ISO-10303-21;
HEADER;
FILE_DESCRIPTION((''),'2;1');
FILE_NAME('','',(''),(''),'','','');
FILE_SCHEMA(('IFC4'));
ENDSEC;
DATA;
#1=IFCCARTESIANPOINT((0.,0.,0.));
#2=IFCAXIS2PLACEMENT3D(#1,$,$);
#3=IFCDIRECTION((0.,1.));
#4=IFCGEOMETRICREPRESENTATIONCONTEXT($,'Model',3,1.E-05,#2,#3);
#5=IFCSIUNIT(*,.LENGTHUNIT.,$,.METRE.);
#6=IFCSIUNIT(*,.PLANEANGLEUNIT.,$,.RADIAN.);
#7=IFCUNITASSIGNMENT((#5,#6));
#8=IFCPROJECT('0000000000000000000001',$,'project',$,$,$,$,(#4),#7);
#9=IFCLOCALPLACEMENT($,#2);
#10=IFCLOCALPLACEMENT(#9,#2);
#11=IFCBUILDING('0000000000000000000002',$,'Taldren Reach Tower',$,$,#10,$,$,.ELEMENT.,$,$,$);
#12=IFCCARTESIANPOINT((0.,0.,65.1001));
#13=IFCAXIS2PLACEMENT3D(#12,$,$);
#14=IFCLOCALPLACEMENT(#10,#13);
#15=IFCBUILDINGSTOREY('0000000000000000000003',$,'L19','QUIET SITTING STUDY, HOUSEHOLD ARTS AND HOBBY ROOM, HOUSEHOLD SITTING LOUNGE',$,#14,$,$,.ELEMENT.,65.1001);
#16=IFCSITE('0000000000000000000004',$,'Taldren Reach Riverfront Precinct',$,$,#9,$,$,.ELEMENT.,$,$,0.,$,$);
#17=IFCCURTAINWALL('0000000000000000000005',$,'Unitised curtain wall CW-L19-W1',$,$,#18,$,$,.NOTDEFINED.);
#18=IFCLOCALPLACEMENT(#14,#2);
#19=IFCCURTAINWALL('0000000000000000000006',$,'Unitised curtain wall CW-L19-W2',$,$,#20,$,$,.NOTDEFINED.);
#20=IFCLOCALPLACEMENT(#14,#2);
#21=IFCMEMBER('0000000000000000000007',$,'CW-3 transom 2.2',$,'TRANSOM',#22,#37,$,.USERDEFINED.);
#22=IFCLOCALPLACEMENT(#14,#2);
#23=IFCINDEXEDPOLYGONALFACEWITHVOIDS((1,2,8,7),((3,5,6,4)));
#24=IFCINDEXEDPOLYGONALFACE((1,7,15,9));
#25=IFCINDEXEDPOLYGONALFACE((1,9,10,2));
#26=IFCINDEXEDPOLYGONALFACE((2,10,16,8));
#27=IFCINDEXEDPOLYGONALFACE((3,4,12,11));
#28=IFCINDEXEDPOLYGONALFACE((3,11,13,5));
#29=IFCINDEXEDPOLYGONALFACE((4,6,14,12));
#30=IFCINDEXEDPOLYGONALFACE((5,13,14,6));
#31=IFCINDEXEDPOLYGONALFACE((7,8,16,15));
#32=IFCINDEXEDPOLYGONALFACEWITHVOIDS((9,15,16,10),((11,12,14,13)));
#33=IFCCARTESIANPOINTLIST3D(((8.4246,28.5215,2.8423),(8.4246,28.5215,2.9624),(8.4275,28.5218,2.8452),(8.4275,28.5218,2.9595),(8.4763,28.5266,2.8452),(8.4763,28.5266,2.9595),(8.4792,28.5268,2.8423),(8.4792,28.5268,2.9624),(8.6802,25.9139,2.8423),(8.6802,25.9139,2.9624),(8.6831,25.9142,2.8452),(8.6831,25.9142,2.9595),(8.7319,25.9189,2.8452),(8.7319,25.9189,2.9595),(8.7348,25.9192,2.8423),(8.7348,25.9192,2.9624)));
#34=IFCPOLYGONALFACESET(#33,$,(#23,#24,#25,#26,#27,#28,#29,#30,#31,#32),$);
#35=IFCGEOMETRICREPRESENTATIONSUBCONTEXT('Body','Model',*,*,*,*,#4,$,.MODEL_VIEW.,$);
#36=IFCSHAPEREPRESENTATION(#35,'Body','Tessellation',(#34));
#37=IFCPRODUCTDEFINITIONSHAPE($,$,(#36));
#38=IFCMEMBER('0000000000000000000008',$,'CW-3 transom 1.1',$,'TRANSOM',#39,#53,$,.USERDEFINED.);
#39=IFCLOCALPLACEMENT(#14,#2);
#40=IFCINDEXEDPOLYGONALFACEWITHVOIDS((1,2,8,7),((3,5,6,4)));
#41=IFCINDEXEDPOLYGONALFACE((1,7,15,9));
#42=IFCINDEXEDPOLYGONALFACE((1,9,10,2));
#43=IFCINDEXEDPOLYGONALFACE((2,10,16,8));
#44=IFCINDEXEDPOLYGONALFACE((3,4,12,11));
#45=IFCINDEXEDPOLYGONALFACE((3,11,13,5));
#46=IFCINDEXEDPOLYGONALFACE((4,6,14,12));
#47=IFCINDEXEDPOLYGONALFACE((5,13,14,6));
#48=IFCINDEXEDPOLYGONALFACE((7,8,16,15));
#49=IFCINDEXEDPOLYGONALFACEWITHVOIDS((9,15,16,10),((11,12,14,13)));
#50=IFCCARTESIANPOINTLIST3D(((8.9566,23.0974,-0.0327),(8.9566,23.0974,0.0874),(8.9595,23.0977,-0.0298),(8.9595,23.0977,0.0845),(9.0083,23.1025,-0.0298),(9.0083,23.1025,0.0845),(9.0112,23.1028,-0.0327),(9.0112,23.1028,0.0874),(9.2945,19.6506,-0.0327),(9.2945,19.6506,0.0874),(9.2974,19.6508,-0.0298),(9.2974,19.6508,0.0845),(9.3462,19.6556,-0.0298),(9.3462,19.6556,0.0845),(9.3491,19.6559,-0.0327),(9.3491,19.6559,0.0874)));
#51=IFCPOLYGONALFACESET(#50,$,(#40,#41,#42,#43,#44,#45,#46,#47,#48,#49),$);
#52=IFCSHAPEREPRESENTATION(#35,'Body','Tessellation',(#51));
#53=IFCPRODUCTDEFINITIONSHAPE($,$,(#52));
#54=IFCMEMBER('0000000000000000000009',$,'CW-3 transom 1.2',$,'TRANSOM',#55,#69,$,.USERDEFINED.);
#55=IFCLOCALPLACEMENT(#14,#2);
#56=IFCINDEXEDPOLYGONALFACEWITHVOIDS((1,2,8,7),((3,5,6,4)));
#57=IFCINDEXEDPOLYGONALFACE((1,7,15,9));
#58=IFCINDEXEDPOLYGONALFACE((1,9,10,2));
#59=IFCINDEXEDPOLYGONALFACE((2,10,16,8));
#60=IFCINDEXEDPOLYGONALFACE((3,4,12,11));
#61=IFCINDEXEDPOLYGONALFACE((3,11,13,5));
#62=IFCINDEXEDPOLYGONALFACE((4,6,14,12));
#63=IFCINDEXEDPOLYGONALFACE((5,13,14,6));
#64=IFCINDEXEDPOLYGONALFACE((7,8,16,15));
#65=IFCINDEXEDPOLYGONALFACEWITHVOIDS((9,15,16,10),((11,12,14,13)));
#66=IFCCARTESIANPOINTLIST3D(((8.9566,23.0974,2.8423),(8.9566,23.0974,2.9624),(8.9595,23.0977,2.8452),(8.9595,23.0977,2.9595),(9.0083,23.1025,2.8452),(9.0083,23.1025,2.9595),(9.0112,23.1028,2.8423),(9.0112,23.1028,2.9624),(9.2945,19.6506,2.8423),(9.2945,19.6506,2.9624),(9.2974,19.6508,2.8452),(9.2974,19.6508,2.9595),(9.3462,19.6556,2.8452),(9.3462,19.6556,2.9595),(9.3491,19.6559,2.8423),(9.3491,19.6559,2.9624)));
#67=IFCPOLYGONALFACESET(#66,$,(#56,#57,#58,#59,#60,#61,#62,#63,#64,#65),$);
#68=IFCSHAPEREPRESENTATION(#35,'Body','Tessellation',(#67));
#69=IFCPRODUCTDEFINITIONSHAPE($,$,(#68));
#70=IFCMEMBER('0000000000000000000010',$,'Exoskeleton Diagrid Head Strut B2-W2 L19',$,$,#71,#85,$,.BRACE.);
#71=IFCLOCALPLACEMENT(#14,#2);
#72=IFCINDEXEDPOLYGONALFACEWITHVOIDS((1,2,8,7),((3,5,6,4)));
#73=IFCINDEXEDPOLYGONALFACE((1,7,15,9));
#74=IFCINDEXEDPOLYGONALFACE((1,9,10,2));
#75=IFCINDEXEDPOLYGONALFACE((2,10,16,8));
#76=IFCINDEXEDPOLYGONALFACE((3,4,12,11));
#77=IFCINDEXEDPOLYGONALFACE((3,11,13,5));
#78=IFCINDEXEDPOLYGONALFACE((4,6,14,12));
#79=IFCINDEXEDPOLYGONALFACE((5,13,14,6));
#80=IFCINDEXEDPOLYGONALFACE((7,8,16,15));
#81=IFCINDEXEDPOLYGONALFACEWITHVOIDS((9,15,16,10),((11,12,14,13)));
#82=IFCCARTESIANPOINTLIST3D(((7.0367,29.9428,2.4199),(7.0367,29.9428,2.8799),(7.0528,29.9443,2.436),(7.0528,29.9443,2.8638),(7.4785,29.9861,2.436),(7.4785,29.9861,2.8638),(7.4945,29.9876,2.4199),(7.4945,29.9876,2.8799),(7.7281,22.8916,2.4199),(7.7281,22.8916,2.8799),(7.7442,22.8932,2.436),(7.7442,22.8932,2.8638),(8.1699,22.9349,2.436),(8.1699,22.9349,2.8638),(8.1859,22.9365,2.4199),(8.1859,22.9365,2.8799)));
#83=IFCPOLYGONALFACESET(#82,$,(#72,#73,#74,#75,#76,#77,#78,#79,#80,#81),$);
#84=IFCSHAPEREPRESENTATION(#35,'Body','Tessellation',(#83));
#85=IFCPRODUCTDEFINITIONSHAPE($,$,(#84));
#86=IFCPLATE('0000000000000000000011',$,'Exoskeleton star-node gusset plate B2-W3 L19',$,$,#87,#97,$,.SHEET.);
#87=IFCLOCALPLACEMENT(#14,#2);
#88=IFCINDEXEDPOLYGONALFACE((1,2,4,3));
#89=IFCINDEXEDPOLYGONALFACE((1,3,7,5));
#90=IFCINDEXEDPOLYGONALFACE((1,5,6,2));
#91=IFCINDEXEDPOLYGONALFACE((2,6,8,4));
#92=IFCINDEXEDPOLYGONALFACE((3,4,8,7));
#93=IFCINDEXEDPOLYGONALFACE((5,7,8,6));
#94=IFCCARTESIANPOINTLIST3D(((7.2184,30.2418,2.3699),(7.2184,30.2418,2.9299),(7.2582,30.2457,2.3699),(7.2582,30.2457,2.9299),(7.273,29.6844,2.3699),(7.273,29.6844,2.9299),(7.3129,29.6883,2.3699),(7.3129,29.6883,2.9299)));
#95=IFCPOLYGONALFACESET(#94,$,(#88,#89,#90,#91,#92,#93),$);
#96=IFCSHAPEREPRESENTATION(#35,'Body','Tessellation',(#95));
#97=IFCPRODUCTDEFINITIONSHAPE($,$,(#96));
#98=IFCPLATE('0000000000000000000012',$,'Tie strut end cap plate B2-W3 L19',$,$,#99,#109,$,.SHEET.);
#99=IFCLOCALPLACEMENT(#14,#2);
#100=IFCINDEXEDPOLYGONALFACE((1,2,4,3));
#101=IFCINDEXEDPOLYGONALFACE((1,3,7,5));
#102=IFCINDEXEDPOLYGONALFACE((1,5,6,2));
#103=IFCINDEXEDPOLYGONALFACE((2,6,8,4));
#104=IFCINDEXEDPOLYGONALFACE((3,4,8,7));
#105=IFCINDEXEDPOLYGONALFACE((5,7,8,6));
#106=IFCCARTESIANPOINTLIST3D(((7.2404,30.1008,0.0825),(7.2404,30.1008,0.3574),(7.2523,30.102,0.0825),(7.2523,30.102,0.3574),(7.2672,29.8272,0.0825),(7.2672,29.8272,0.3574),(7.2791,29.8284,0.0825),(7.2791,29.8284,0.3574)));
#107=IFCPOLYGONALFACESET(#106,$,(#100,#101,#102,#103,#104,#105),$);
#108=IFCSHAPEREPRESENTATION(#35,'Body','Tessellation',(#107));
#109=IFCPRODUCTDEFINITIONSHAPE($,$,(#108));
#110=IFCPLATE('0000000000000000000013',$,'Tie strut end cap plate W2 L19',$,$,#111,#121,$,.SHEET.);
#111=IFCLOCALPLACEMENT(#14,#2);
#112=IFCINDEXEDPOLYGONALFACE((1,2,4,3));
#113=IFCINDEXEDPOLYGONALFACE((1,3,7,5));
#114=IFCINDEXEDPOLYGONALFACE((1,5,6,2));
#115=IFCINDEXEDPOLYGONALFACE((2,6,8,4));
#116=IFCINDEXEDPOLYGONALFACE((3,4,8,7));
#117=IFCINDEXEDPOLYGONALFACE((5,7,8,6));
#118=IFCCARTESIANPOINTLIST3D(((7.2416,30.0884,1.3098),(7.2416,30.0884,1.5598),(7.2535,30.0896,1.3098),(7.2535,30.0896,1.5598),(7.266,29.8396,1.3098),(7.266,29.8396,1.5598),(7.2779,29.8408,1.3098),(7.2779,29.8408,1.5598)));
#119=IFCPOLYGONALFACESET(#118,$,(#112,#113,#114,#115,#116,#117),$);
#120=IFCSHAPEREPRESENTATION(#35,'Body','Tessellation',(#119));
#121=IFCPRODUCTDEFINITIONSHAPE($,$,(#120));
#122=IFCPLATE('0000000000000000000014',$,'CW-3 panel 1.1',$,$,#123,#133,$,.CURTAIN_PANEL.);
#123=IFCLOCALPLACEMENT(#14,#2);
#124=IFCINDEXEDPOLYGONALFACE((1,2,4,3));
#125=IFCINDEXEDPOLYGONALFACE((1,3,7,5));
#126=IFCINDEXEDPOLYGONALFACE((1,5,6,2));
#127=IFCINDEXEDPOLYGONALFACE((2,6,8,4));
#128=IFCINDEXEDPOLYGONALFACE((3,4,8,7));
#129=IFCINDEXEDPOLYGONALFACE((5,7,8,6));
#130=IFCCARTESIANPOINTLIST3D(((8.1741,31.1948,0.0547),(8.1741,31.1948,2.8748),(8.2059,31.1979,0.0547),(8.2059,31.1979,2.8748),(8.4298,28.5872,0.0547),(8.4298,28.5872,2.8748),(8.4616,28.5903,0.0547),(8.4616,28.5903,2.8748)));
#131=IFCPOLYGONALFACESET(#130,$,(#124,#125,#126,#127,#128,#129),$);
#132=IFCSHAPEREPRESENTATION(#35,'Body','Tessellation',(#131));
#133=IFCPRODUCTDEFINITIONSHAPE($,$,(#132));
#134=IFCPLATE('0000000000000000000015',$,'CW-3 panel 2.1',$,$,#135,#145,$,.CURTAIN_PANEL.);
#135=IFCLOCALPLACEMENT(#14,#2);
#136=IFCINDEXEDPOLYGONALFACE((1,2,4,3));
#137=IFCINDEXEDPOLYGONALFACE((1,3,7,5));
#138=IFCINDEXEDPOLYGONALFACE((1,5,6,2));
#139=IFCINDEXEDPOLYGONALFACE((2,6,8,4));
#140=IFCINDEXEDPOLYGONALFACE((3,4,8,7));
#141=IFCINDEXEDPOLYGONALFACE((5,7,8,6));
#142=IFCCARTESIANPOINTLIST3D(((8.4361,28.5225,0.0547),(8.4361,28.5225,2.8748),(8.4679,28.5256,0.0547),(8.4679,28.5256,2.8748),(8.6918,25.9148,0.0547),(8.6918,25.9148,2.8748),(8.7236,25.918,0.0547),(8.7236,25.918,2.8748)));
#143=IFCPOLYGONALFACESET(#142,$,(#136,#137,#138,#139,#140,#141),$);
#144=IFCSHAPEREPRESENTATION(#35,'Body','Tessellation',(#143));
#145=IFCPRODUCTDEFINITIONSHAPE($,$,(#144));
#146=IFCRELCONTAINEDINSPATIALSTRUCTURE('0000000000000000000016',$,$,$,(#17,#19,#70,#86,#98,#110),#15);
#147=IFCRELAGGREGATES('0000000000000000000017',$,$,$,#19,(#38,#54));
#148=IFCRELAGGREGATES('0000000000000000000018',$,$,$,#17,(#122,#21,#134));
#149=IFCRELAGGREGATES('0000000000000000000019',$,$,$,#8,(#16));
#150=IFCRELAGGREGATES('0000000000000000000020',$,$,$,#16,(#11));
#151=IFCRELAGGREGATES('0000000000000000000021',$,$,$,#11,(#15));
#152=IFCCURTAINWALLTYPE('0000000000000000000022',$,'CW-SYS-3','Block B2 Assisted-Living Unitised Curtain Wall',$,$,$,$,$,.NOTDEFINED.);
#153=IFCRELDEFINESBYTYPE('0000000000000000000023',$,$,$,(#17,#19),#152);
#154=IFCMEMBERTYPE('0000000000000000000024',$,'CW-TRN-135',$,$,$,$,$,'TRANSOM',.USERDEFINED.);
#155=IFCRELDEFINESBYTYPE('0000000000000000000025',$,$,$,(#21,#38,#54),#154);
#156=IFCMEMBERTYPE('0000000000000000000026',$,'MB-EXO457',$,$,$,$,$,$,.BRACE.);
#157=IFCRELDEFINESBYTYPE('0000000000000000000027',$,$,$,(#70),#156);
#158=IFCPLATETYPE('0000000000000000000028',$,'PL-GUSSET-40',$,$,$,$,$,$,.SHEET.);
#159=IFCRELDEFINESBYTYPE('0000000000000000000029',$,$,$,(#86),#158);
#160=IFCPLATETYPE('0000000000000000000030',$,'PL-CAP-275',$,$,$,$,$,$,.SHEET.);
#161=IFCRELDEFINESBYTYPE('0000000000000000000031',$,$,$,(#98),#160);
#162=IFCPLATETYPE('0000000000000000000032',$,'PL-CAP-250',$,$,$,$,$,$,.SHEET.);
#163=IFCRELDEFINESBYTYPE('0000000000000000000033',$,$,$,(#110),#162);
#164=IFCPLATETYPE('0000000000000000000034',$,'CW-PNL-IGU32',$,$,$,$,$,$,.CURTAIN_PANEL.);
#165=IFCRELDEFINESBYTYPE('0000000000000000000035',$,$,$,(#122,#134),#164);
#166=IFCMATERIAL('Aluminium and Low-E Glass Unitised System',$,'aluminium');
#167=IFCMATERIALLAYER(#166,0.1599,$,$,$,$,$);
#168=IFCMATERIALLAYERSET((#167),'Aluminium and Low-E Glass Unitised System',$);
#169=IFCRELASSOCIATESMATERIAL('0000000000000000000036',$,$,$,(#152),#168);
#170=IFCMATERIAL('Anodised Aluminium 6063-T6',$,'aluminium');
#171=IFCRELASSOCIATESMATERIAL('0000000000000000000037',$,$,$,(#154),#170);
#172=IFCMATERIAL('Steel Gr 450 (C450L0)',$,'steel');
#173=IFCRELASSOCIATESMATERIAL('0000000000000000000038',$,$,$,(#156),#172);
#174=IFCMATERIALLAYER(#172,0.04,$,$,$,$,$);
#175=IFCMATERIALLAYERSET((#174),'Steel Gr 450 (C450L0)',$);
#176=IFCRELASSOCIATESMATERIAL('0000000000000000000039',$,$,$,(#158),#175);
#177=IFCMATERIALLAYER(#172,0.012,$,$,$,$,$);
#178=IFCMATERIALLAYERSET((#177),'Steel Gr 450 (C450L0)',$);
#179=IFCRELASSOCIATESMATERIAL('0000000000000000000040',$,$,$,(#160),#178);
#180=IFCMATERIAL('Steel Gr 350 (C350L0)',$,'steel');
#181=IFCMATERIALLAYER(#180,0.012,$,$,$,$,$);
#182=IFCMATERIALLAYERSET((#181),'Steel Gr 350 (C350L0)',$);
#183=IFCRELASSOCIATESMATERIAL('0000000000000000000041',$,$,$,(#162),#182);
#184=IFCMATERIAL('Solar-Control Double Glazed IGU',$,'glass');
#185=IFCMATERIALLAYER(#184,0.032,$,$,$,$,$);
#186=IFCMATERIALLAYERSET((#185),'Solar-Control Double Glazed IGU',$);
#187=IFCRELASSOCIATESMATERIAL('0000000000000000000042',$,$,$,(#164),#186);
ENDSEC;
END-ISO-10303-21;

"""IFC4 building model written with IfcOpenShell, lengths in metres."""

from ifc_helpers import new_model, si_unit, direction, frame, origin, origin_2d, place, context, subcontext, project, spatial, rectangle, hollow_rectangle, extrude, source, transform, mapped, material, layer, layer_set, material_profile, profile_set, type_object, element, aggregate, save


model = new_model("IFC4")

# Units and contexts
model_context = context("Model", 3, precision=1e-05, world=origin(), true_north=direction((0.0, 1.0)))
body_context = subcontext(model_context, "Body", "Model", "MODEL_VIEW")
ifc_project = project(units=[si_unit("LENGTHUNIT", "METRE"), si_unit("PLANEANGLEUNIT", "RADIAN")], contexts=[model_context])

# Site, building, storey
site_placement = place(None, origin())
site = spatial("IfcSite", under=ifc_project, at=site_placement, Name="Taldren Reach Riverfront Precinct", CompositionType="ELEMENT", RefElevation=0.0)
building_placement = place(site_placement, origin())
building = spatial("IfcBuilding", under=site, at=building_placement, Name="Taldren Reach Tower", CompositionType="ELEMENT")
storey_placement = place(building_placement, frame((0.0, 0.0, 65.1001)))
storey = spatial("IfcBuildingStorey", under=building, at=storey_placement, Name="L19", Description="QUIET SITTING STUDY, HOUSEHOLD ARTS AND HOBBY ROOM, HOUSEHOLD SITTING LOUNGE", CompositionType="ELEMENT", Elevation=65.1001)

# Shared definitions
ifc_material_1 = material(Name="Steel Gr 450 (C450L0)", Category="steel")
ifc_material_2 = material(Name="Steel Gr 350 (C350L0)", Category="steel")

# Curtain wall
ifc_material_3 = material(Name="Aluminium and Low-E Glass Unitised System", Category="aluminium")
ifc_layer_1 = layer(ifc_material_3, 0.1599)
ifc_layer_set_1 = layer_set([ifc_layer_1], Name="Aluminium and Low-E Glass Unitised System")
curtain_wall_type = type_object("IfcCurtainWallType", Name="CW-SYS-3", Description="Block B2 Assisted-Living Unitised Curtain Wall", PredefinedType="NOTDEFINED", material=ifc_layer_set_1)
curtain_wall_1_placement = place(storey_placement, origin())
curtain_wall_1 = element("IfcCurtainWall", 1, at=curtain_wall_1_placement, inside=storey, type_object=curtain_wall_type, Name="Unitised curtain wall CW-L19-W1", PredefinedType="NOTDEFINED")
ifc_material_4 = material(Name="Anodised Aluminium 6063-T6", Category="aluminium")

# Curtain wall
curtain_wall_2_placement = place(storey_placement, origin())
curtain_wall_2 = element("IfcCurtainWall", 2, at=curtain_wall_2_placement, inside=storey, type_object=curtain_wall_type, Name="Unitised curtain wall CW-L19-W2", PredefinedType="NOTDEFINED")

# Members
ifc_material_profile_1 = material_profile(ifc_material_4, hollow_rectangle(XDim=0.0549, YDim=0.1201, WallThickness=0.0029, at=origin_2d()), Name="ALU-120x55x3RHS")
ifc_profile_set_1 = profile_set([ifc_material_profile_1], Name="Anodised Aluminium 6063-T6")
member_type_1 = type_object("IfcMemberType", Name="CW-TRN-135", ElementType="TRANSOM", PredefinedType="USERDEFINED", material=ifc_profile_set_1)
shared_shape_1 = source(origin(), body_context, "Body", "SweptSolid", [
    extrude(hollow_rectangle(XDim=0.0549, YDim=0.1201, WallThickness=0.0029, at=origin_2d()), origin(), (0.0, 0.0, 1.0), 2.6201),
])
member_1_placement = place(storey_placement, frame((8.4519, 28.5242, 2.9023), z_axis=(0.097557, -0.99523, 0.0), x_axis=(0.99523, 0.097557, 0.0)))
member_1 = element("IfcMember", 3, at=member_1_placement, type_object=member_type_1, Name="CW-3 transom 2.2", ObjectType="TRANSOM", PredefinedType="USERDEFINED", context=body_context, shape_type="MappedRepresentation", body=[
    mapped(shared_shape_1, transform((0.0, 0.0, 0.0), scale=1.0)),
])
shared_shape_2 = source(origin(), body_context, "Body", "SweptSolid", [
    extrude(hollow_rectangle(XDim=0.0549, YDim=0.1201, WallThickness=0.0029, at=origin_2d()), origin(), (0.0, 0.0, 1.0), 3.4634),
])
member_2_placement = place(storey_placement, frame((8.9839, 23.1001, 0.0273), z_axis=(0.097563, -0.995229, 0.0), x_axis=(0.995229, 0.097563, 0.0)))
member_2 = element("IfcMember", 4, at=member_2_placement, type_object=member_type_1, Name="CW-3 transom 1.1", ObjectType="TRANSOM", PredefinedType="USERDEFINED", context=body_context, shape_type="MappedRepresentation", body=[
    mapped(shared_shape_2, transform((0.0, 0.0, 0.0), scale=1.0)),
])
member_3_placement = place(storey_placement, frame((8.9839, 23.1001, 2.9023), z_axis=(0.097563, -0.995229, 0.0), x_axis=(0.995229, 0.097563, 0.0)))
member_3 = element("IfcMember", 5, at=member_3_placement, type_object=member_type_1, Name="CW-3 transom 1.2", ObjectType="TRANSOM", PredefinedType="USERDEFINED", context=body_context, shape_type="MappedRepresentation", body=[
    mapped(shared_shape_2, transform((0.0, 0.0, 0.0), scale=1.0)),
])
aggregate(curtain_wall_2, [member_2, member_3])
ifc_material_profile_2 = material_profile(ifc_material_1, hollow_rectangle(XDim=0.46, YDim=0.46, WallThickness=0.0161, at=origin_2d()), Name="460x460x16.0SHS")
ifc_profile_set_2 = profile_set([ifc_material_profile_2], Name="Steel Gr 450 (C450L0)")
member_type_2 = type_object("IfcMemberType", Name="MB-EXO457", PredefinedType="BRACE", material=ifc_profile_set_2)
shared_shape_3 = source(origin(), body_context, "Body", "SweptSolid", [
    extrude(hollow_rectangle(XDim=0.46, YDim=0.46, WallThickness=0.0161, at=origin_2d()), origin(), (0.0, 0.0, 1.0), 7.085),
])
member_4_placement = place(storey_placement, frame((7.957, 22.9141, 2.6499), z_axis=(-0.097589, 0.995227, 0.0), x_axis=(-0.995227, -0.097589, 0.0)))
element("IfcMember", 6, at=member_4_placement, inside=storey, type_object=member_type_2, Name="Exoskeleton Diagrid Head Strut B2-W2 L19", PredefinedType="BRACE", context=body_context, shape_type="MappedRepresentation", body=[
    mapped(shared_shape_3, transform((0.0, 0.0, 0.0), scale=1.0)),
])

# Plates
ifc_layer_2 = layer(ifc_material_1, 0.04)
ifc_layer_set_2 = layer_set([ifc_layer_2], Name="Steel Gr 450 (C450L0)")
plate_type_1 = type_object("IfcPlateType", Name="PL-GUSSET-40", PredefinedType="SHEET", material=ifc_layer_set_2)
shared_shape_4 = source(origin(), body_context, "Body", "SweptSolid", [
    extrude(rectangle(XDim=0.5601, YDim=0.04, at=origin_2d()), origin(), (0.0, 0.0, 1.0), 0.5601),
])
plate_1_placement = place(storey_placement, frame((7.2656, 29.9651, 2.3699), z_axis=(0.0, 0.0, 1.0), x_axis=(-0.097583, 0.995227, 0.0)))
element("IfcPlate", 7, at=plate_1_placement, inside=storey, type_object=plate_type_1, Name="Exoskeleton star-node gusset plate B2-W3 L19", PredefinedType="SHEET", context=body_context, shape_type="MappedRepresentation", body=[
    mapped(shared_shape_4, transform((0.0, 0.0, 0.0), scale=1.0)),
])
ifc_layer_3 = layer(ifc_material_1, 0.012)
ifc_layer_set_3 = layer_set([ifc_layer_3], Name="Steel Gr 450 (C450L0)")
plate_type_2 = type_object("IfcPlateType", Name="PL-CAP-275", PredefinedType="SHEET", material=ifc_layer_set_3)
shared_shape_5 = source(origin(), body_context, "Body", "SweptSolid", [
    extrude(rectangle(XDim=0.012, YDim=0.2749, at=origin_2d()), origin(), (0.0, 0.0, 1.0), 0.2749),
])
plate_2_placement = place(storey_placement, frame((7.2598, 29.9646, 0.0825), z_axis=(0.0, 0.0, 1.0), x_axis=(0.995227, 0.097583, 0.0)))
element("IfcPlate", 8, at=plate_2_placement, inside=storey, type_object=plate_type_2, Name="Tie strut end cap plate B2-W3 L19", PredefinedType="SHEET", context=body_context, shape_type="MappedRepresentation", body=[
    mapped(shared_shape_5, transform((0.0, 0.0, 0.0), scale=1.0)),
])
ifc_layer_4 = layer(ifc_material_2, 0.012)
ifc_layer_set_4 = layer_set([ifc_layer_4], Name="Steel Gr 350 (C350L0)")
plate_type_3 = type_object("IfcPlateType", Name="PL-CAP-250", PredefinedType="SHEET", material=ifc_layer_set_4)
shared_shape_6 = source(origin(), body_context, "Body", "SweptSolid", [
    extrude(rectangle(XDim=0.012, YDim=0.25, at=origin_2d()), origin(), (0.0, 0.0, 1.0), 0.25),
])
plate_3_placement = place(storey_placement, frame((7.2598, 29.9646, 1.3098), z_axis=(0.0, 0.0, 1.0), x_axis=(0.995227, 0.097583, 0.0)))
element("IfcPlate", 9, at=plate_3_placement, inside=storey, type_object=plate_type_3, Name="Tie strut end cap plate W2 L19", PredefinedType="SHEET", context=body_context, shape_type="MappedRepresentation", body=[
    mapped(shared_shape_6, transform((0.0, 0.0, 0.0), scale=1.0)),
])

# Plates
ifc_material_5 = material(Name="Solar-Control Double Glazed IGU", Category="glass")
ifc_layer_5 = layer(ifc_material_5, 0.032)
ifc_layer_set_5 = layer_set([ifc_layer_5], Name="Solar-Control Double Glazed IGU")
plate_type_4 = type_object("IfcPlateType", Name="CW-PNL-IGU32", PredefinedType="CURTAIN_PANEL", material=ifc_layer_set_5)
shared_shape_7 = source(origin(), body_context, "Body", "SweptSolid", [
    extrude(rectangle(XDim=2.6201, YDim=0.032, at=origin_2d()), origin(), (0.0, 0.0, 1.0), 2.8201),
])
plate_4_placement = place(storey_placement, frame((8.3179, 29.8926, 0.0547), z_axis=(0.0, 0.0, 1.0), x_axis=(0.097582, -0.995227, 0.0)))
plate_4 = element("IfcPlate", 10, at=plate_4_placement, type_object=plate_type_4, Name="CW-3 panel 1.1", PredefinedType="CURTAIN_PANEL", context=body_context, shape_type="MappedRepresentation", body=[
    mapped(shared_shape_7, transform((0.0, 0.0, 0.0), scale=1.0)),
])
plate_5_placement = place(storey_placement, frame((8.5798, 27.2202, 0.0547), z_axis=(0.0, 0.0, 1.0), x_axis=(0.097582, -0.995227, 0.0)))
plate_5 = element("IfcPlate", 11, at=plate_5_placement, type_object=plate_type_4, Name="CW-3 panel 2.1", PredefinedType="CURTAIN_PANEL", context=body_context, shape_type="MappedRepresentation", body=[
    mapped(shared_shape_7, transform((0.0, 0.0, 0.0), scale=1.0)),
])
aggregate(curtain_wall_1, [plate_4, member_1, plate_5])

save(model, "model.ifc")
